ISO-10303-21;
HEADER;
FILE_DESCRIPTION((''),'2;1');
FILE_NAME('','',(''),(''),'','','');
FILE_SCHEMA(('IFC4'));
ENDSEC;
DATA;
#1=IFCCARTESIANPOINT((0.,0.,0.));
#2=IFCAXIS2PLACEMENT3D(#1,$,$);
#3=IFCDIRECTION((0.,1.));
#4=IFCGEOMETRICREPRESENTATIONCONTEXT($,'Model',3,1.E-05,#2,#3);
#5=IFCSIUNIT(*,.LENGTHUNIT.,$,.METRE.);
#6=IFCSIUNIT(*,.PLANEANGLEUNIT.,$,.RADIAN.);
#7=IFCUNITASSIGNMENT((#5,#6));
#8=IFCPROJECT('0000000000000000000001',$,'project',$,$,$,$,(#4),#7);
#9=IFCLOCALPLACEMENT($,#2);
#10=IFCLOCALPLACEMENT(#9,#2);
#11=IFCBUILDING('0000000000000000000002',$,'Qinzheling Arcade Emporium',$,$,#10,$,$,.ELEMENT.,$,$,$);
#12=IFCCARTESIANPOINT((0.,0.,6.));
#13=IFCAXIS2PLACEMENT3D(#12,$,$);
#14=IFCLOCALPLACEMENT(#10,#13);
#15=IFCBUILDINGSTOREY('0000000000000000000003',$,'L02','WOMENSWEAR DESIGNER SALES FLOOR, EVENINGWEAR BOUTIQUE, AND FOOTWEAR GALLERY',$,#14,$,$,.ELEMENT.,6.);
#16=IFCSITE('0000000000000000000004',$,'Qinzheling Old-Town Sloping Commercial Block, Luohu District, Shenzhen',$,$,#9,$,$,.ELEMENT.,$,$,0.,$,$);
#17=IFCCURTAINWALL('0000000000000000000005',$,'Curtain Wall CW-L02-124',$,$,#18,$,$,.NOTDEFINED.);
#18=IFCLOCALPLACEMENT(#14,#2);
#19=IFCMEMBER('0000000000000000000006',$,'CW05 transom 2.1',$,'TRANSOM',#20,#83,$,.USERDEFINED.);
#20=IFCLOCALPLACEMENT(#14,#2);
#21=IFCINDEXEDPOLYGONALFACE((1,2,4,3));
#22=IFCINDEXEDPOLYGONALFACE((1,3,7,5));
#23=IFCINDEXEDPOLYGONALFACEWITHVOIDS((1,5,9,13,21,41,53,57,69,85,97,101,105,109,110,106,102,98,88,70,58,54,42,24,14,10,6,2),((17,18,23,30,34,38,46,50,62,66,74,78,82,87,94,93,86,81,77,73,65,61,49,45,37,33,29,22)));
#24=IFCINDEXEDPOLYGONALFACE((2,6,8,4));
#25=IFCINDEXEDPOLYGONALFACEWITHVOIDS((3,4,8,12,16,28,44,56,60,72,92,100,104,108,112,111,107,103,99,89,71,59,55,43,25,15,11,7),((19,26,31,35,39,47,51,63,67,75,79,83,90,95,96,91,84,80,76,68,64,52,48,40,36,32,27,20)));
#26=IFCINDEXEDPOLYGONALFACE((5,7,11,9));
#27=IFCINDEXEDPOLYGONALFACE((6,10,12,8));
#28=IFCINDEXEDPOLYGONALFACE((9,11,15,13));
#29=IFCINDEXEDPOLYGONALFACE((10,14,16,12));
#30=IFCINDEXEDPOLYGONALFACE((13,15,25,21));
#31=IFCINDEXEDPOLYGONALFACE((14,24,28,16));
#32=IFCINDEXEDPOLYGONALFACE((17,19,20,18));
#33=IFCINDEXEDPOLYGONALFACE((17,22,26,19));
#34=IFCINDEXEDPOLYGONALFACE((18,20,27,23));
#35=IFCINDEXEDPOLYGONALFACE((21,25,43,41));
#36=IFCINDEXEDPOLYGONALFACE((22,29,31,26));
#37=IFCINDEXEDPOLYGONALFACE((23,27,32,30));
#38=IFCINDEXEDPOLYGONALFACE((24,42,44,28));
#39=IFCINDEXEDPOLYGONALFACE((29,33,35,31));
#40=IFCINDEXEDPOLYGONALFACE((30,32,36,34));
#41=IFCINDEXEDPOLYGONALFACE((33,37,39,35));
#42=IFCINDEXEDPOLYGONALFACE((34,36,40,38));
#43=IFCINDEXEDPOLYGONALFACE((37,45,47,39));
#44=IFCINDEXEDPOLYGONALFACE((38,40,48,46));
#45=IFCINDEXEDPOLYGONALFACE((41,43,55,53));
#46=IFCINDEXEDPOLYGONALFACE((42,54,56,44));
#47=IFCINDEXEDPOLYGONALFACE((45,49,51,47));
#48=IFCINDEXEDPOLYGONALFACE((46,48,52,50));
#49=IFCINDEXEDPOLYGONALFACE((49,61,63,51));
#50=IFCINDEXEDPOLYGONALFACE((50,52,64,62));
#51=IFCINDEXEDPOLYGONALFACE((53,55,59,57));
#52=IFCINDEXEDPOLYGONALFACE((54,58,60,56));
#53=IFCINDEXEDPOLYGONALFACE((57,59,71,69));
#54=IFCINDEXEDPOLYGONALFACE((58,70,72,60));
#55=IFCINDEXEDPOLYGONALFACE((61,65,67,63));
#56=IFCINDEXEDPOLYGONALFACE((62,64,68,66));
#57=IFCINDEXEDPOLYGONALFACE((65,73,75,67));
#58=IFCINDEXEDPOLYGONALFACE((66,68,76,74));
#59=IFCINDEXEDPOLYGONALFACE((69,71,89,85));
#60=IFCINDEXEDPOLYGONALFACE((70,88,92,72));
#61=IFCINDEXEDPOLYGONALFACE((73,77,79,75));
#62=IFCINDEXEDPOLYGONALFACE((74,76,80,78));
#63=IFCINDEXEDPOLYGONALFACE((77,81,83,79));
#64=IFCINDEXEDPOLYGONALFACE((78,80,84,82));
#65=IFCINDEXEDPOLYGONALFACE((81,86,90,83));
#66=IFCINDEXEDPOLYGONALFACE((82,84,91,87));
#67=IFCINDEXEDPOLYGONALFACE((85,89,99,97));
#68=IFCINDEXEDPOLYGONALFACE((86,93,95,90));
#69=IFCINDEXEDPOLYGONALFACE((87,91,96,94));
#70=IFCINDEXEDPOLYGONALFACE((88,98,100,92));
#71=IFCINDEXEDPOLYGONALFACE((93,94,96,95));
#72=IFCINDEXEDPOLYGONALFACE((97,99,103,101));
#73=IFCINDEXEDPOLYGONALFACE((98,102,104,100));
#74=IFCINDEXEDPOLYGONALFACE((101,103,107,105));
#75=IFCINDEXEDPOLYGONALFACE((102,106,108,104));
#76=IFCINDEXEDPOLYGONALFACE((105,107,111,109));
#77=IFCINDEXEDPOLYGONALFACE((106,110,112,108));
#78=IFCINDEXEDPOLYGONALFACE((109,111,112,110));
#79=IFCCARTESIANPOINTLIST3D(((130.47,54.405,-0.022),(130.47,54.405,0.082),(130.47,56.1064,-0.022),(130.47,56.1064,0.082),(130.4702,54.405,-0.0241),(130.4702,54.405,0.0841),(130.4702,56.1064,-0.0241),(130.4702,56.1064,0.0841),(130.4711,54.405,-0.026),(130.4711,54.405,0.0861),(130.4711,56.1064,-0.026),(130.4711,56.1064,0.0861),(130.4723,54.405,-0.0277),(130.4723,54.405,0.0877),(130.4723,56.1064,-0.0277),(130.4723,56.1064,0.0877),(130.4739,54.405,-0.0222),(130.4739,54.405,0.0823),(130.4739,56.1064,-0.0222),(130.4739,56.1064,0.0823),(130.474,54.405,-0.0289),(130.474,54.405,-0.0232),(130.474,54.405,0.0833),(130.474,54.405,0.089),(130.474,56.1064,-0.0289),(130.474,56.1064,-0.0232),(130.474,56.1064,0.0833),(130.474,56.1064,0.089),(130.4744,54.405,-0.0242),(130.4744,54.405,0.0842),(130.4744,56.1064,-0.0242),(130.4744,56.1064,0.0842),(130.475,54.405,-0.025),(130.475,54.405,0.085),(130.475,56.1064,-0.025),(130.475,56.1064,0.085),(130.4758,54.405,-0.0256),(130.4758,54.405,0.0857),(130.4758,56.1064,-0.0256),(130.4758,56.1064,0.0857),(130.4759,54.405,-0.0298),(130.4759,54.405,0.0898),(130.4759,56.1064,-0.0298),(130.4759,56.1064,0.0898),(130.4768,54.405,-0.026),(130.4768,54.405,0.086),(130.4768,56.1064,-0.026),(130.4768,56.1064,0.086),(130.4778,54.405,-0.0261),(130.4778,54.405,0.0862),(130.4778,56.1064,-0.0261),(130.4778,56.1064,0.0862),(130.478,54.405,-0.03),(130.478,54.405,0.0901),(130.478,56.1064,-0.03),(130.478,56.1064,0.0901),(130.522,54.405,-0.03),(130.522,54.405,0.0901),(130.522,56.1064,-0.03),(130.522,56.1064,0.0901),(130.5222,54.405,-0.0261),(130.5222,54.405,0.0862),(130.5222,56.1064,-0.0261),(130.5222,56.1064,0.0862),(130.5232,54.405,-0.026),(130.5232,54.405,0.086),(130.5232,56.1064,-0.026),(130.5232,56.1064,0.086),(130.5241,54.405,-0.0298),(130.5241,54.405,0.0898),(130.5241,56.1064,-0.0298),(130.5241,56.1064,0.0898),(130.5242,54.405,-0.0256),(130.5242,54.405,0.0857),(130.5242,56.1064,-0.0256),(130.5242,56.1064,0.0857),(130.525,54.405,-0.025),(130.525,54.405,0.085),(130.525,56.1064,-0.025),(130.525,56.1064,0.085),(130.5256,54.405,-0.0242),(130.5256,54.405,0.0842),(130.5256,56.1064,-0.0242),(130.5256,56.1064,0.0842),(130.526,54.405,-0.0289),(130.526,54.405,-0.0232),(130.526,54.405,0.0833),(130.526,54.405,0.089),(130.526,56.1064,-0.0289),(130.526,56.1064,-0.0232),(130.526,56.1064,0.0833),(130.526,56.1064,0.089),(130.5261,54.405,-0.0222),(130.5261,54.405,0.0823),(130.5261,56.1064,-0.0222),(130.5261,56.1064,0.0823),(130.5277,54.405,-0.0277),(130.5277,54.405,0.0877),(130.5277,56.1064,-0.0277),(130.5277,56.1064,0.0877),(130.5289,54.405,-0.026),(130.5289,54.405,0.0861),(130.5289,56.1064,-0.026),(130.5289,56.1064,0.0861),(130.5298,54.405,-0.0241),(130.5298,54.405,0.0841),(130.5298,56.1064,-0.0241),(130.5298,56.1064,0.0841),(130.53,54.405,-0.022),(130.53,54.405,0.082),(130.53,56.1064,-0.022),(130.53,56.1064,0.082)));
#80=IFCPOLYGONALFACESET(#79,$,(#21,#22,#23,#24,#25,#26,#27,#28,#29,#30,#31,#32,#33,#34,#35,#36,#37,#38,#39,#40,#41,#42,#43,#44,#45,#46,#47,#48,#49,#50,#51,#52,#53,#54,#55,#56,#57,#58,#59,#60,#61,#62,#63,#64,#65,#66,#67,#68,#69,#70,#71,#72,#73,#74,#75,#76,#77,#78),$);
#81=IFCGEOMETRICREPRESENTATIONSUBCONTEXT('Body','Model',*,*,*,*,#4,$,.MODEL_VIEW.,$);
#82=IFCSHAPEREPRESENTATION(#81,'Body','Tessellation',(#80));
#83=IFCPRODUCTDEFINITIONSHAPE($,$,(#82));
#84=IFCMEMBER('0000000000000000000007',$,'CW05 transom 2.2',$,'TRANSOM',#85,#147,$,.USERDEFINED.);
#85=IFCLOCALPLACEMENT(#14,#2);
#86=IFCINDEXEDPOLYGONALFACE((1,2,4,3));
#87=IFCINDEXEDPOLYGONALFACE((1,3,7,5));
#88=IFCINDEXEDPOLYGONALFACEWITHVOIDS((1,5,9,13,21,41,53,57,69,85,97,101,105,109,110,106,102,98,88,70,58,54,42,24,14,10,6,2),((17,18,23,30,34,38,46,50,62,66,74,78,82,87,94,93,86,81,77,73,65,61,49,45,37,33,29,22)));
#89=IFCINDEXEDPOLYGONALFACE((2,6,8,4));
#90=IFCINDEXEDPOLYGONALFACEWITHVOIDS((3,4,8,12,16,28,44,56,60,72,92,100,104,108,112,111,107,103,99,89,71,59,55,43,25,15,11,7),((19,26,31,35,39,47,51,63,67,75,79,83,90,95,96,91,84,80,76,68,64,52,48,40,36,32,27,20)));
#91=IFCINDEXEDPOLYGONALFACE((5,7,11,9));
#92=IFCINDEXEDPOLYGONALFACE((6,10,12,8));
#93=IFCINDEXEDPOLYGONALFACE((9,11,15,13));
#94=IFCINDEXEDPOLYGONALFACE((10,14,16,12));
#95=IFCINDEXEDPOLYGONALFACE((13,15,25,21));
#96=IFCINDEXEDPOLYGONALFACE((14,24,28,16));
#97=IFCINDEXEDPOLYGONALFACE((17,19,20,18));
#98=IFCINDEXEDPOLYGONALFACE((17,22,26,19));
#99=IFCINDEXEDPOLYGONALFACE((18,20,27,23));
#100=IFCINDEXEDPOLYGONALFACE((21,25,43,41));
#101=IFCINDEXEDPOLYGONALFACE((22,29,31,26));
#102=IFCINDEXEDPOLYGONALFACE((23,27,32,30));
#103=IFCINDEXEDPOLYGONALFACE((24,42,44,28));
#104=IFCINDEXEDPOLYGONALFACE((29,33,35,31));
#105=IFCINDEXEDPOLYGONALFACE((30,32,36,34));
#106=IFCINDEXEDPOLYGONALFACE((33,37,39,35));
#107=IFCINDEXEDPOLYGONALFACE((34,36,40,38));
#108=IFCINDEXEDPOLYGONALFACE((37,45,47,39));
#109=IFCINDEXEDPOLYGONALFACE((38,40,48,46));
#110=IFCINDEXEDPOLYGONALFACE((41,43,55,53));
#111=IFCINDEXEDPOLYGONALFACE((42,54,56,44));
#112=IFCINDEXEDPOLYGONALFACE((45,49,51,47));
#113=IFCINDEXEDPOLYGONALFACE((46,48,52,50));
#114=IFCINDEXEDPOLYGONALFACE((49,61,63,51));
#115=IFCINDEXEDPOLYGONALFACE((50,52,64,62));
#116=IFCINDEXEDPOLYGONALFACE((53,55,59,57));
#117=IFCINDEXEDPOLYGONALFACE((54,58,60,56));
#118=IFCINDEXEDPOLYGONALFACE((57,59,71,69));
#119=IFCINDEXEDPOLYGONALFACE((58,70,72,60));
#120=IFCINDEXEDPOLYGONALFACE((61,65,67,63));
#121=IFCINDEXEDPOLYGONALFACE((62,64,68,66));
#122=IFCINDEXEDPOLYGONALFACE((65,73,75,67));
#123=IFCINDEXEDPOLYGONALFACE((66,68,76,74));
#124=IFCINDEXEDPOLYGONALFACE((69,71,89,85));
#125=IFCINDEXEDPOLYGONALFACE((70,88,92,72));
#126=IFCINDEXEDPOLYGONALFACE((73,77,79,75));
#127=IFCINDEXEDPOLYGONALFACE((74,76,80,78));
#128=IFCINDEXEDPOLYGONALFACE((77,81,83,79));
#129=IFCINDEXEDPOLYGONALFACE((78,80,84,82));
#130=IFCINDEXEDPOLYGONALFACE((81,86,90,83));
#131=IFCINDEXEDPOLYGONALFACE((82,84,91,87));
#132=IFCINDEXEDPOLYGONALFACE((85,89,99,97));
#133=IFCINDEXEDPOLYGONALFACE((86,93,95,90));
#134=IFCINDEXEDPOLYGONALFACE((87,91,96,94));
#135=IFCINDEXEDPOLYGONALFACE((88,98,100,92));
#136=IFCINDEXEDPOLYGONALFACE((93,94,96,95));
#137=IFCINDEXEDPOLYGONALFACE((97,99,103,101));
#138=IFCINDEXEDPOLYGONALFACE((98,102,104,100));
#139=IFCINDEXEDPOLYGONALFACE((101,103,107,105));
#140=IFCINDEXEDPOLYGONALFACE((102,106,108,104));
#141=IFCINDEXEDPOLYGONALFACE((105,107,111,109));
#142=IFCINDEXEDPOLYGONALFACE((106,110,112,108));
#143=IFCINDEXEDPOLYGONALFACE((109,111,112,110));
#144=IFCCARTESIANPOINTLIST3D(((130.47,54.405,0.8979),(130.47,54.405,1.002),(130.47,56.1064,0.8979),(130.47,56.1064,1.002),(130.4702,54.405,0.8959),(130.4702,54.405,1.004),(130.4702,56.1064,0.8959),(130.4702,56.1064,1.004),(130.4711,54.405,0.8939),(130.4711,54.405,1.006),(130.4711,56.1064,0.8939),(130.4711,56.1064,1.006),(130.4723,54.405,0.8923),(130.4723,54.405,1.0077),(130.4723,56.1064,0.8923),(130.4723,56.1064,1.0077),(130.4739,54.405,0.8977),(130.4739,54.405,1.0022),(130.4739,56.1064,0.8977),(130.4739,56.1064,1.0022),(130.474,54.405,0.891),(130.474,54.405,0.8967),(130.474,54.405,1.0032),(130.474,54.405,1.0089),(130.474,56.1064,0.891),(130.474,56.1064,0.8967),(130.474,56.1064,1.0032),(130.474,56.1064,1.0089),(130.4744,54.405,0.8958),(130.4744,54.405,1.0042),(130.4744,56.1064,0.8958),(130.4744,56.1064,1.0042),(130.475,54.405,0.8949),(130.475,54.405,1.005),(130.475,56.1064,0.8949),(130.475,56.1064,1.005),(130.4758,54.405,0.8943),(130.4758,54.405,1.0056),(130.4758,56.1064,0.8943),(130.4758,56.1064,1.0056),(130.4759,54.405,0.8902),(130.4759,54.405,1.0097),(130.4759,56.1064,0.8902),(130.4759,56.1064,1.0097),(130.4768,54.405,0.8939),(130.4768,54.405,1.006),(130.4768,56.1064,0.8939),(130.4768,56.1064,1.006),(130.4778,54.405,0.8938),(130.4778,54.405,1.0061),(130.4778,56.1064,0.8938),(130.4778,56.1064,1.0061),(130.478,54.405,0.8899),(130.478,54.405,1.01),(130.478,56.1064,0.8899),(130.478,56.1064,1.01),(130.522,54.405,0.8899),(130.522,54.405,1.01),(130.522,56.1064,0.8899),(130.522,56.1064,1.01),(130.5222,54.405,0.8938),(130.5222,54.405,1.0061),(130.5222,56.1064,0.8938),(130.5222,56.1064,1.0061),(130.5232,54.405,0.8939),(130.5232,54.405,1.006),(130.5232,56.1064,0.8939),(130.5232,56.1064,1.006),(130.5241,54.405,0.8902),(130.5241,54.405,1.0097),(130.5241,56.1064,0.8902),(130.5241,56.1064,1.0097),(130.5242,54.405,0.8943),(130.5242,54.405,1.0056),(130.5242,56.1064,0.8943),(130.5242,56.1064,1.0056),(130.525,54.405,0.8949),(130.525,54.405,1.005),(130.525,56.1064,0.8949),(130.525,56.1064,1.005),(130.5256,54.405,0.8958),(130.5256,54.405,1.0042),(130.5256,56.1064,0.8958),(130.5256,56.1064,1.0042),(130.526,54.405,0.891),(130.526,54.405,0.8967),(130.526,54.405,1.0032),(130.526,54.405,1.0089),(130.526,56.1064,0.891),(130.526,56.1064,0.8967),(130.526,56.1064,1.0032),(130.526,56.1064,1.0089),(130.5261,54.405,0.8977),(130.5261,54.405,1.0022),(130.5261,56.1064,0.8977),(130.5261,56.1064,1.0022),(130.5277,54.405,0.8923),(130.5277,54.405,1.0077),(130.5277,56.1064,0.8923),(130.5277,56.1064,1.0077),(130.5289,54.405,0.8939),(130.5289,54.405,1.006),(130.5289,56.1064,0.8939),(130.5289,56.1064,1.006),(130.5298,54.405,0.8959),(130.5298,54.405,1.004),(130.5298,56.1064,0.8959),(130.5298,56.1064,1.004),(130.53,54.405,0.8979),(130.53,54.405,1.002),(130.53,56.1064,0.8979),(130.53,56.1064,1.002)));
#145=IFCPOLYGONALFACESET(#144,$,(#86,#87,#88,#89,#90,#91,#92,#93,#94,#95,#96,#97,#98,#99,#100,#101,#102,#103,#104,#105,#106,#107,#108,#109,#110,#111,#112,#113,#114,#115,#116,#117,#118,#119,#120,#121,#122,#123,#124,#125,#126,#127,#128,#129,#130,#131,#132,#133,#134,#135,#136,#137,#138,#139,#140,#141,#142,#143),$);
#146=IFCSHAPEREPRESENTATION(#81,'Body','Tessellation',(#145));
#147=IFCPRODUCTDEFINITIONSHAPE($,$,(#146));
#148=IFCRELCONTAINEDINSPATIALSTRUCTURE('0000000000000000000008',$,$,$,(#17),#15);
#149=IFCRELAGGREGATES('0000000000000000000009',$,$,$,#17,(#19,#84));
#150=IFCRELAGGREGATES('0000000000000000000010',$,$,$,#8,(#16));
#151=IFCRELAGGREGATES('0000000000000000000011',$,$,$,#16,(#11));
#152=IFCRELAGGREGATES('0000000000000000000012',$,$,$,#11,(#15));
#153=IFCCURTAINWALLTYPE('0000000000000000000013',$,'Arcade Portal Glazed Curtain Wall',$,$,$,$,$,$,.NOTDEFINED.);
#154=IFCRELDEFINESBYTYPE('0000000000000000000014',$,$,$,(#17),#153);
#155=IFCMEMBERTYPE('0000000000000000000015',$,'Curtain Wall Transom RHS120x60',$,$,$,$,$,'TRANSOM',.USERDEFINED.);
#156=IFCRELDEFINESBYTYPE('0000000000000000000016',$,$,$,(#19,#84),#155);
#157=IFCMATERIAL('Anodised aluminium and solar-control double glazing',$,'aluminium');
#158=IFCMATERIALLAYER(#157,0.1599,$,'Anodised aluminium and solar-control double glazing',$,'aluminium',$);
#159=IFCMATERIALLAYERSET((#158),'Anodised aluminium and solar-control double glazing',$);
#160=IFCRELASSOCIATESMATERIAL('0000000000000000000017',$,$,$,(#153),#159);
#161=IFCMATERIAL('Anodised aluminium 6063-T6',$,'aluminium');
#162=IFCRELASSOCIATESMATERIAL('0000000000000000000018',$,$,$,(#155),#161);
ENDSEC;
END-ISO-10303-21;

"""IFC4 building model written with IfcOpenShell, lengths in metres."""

from ifc_helpers import new_model, si_unit, direction, frame, origin, origin_2d, place, context, subcontext, project, spatial, hollow_rectangle, extrude, material, layer, layer_set, material_profile, profile_set, type_object, element, aggregate, save


model = new_model("IFC4")

# Units and contexts
model_context = context("Model", 3, precision=1e-05, world=origin(), true_north=direction((0.0, 1.0)))
body_context = subcontext(model_context, "Body", "Model", "MODEL_VIEW")
ifc_project = project(units=[si_unit("LENGTHUNIT", "METRE"), si_unit("PLANEANGLEUNIT", "RADIAN")], contexts=[model_context])

# Site, building, storey
site_placement = place(None, origin())
site = spatial("IfcSite", under=ifc_project, at=site_placement, Name="Qinzheling Old-Town Sloping Commercial Block, Luohu District, Shenzhen", CompositionType="ELEMENT", RefElevation=0.0)
building_placement = place(site_placement, origin())
building = spatial("IfcBuilding", under=site, at=building_placement, Name="Qinzheling Arcade Emporium", CompositionType="ELEMENT")
storey_placement = place(building_placement, frame((0.0, 0.0, 6.0)))
storey = spatial("IfcBuildingStorey", under=building, at=storey_placement, Name="L02", Description="WOMENSWEAR DESIGNER SALES FLOOR, EVENINGWEAR BOUTIQUE, AND FOOTWEAR GALLERY", CompositionType="ELEMENT", Elevation=6.0)

# Shared definitions
ifc_material_1 = material(Name="Anodised aluminium and solar-control double glazing", Category="aluminium")
ifc_layer_1 = layer(ifc_material_1, 0.1599, Name="Anodised aluminium and solar-control double glazing", Category="aluminium")
ifc_layer_set_1 = layer_set([ifc_layer_1], Name="Anodised aluminium and solar-control double glazing")
curtain_wall_type = type_object("IfcCurtainWallType", Name="Arcade Portal Glazed Curtain Wall", PredefinedType="NOTDEFINED", material=ifc_layer_set_1)
ifc_material_2 = material(Name="Anodised aluminium 6063-T6", Category="aluminium")

# Curtain wall, members
curtain_wall_1_placement = place(storey_placement, origin())
curtain_wall_1 = element("IfcCurtainWall", 1, at=curtain_wall_1_placement, inside=storey, type_object=curtain_wall_type, Name="Curtain Wall CW-L02-124", PredefinedType="NOTDEFINED")
ifc_material_profile_1 = material_profile(ifc_material_2, hollow_rectangle(XDim=0.0601, YDim=0.1201, WallThickness=0.0039, InnerFilletRadius=0.0039, OuterFilletRadius=0.0081, at=origin_2d()), Name="RHS 120x60x4", Category="aluminium")
ifc_profile_set_1 = profile_set([ifc_material_profile_1], Name="Anodised aluminium 6063-T6")
member_type_1 = type_object("IfcMemberType", Name="Curtain Wall Transom RHS120x60", ElementType="TRANSOM", PredefinedType="USERDEFINED", material=ifc_profile_set_1)
member_1_placement = place(storey_placement, frame((130.5, 56.1064, 0.03), z_axis=(0.0, -1.0, 0.0), x_axis=(1.0, 0.0, 0.0)))
member_1 = element("IfcMember", 2, at=member_1_placement, type_object=member_type_1, Name="CW05 transom 2.1", ObjectType="TRANSOM", PredefinedType="USERDEFINED", context=body_context, shape_type="SweptSolid", body=[
    extrude(hollow_rectangle(XDim=0.0601, YDim=0.1201, WallThickness=0.0039, InnerFilletRadius=0.0039, OuterFilletRadius=0.0081, at=origin_2d()), origin(), (0.0, 0.0, 1.0), 1.7014),
])
member_2_placement = place(storey_placement, frame((130.5, 56.1064, 0.95), z_axis=(0.0, -1.0, 0.0), x_axis=(1.0, 0.0, 0.0)))
member_2 = element("IfcMember", 3, at=member_2_placement, type_object=member_type_1, Name="CW05 transom 2.2", ObjectType="TRANSOM", PredefinedType="USERDEFINED", context=body_context, shape_type="SweptSolid", body=[
    extrude(hollow_rectangle(XDim=0.0601, YDim=0.1201, WallThickness=0.0039, InnerFilletRadius=0.0039, OuterFilletRadius=0.0081, at=origin_2d()), origin(), (0.0, 0.0, 1.0), 1.7014),
])
aggregate(curtain_wall_1, [member_1, member_2])

save(model, "model.ifc")
